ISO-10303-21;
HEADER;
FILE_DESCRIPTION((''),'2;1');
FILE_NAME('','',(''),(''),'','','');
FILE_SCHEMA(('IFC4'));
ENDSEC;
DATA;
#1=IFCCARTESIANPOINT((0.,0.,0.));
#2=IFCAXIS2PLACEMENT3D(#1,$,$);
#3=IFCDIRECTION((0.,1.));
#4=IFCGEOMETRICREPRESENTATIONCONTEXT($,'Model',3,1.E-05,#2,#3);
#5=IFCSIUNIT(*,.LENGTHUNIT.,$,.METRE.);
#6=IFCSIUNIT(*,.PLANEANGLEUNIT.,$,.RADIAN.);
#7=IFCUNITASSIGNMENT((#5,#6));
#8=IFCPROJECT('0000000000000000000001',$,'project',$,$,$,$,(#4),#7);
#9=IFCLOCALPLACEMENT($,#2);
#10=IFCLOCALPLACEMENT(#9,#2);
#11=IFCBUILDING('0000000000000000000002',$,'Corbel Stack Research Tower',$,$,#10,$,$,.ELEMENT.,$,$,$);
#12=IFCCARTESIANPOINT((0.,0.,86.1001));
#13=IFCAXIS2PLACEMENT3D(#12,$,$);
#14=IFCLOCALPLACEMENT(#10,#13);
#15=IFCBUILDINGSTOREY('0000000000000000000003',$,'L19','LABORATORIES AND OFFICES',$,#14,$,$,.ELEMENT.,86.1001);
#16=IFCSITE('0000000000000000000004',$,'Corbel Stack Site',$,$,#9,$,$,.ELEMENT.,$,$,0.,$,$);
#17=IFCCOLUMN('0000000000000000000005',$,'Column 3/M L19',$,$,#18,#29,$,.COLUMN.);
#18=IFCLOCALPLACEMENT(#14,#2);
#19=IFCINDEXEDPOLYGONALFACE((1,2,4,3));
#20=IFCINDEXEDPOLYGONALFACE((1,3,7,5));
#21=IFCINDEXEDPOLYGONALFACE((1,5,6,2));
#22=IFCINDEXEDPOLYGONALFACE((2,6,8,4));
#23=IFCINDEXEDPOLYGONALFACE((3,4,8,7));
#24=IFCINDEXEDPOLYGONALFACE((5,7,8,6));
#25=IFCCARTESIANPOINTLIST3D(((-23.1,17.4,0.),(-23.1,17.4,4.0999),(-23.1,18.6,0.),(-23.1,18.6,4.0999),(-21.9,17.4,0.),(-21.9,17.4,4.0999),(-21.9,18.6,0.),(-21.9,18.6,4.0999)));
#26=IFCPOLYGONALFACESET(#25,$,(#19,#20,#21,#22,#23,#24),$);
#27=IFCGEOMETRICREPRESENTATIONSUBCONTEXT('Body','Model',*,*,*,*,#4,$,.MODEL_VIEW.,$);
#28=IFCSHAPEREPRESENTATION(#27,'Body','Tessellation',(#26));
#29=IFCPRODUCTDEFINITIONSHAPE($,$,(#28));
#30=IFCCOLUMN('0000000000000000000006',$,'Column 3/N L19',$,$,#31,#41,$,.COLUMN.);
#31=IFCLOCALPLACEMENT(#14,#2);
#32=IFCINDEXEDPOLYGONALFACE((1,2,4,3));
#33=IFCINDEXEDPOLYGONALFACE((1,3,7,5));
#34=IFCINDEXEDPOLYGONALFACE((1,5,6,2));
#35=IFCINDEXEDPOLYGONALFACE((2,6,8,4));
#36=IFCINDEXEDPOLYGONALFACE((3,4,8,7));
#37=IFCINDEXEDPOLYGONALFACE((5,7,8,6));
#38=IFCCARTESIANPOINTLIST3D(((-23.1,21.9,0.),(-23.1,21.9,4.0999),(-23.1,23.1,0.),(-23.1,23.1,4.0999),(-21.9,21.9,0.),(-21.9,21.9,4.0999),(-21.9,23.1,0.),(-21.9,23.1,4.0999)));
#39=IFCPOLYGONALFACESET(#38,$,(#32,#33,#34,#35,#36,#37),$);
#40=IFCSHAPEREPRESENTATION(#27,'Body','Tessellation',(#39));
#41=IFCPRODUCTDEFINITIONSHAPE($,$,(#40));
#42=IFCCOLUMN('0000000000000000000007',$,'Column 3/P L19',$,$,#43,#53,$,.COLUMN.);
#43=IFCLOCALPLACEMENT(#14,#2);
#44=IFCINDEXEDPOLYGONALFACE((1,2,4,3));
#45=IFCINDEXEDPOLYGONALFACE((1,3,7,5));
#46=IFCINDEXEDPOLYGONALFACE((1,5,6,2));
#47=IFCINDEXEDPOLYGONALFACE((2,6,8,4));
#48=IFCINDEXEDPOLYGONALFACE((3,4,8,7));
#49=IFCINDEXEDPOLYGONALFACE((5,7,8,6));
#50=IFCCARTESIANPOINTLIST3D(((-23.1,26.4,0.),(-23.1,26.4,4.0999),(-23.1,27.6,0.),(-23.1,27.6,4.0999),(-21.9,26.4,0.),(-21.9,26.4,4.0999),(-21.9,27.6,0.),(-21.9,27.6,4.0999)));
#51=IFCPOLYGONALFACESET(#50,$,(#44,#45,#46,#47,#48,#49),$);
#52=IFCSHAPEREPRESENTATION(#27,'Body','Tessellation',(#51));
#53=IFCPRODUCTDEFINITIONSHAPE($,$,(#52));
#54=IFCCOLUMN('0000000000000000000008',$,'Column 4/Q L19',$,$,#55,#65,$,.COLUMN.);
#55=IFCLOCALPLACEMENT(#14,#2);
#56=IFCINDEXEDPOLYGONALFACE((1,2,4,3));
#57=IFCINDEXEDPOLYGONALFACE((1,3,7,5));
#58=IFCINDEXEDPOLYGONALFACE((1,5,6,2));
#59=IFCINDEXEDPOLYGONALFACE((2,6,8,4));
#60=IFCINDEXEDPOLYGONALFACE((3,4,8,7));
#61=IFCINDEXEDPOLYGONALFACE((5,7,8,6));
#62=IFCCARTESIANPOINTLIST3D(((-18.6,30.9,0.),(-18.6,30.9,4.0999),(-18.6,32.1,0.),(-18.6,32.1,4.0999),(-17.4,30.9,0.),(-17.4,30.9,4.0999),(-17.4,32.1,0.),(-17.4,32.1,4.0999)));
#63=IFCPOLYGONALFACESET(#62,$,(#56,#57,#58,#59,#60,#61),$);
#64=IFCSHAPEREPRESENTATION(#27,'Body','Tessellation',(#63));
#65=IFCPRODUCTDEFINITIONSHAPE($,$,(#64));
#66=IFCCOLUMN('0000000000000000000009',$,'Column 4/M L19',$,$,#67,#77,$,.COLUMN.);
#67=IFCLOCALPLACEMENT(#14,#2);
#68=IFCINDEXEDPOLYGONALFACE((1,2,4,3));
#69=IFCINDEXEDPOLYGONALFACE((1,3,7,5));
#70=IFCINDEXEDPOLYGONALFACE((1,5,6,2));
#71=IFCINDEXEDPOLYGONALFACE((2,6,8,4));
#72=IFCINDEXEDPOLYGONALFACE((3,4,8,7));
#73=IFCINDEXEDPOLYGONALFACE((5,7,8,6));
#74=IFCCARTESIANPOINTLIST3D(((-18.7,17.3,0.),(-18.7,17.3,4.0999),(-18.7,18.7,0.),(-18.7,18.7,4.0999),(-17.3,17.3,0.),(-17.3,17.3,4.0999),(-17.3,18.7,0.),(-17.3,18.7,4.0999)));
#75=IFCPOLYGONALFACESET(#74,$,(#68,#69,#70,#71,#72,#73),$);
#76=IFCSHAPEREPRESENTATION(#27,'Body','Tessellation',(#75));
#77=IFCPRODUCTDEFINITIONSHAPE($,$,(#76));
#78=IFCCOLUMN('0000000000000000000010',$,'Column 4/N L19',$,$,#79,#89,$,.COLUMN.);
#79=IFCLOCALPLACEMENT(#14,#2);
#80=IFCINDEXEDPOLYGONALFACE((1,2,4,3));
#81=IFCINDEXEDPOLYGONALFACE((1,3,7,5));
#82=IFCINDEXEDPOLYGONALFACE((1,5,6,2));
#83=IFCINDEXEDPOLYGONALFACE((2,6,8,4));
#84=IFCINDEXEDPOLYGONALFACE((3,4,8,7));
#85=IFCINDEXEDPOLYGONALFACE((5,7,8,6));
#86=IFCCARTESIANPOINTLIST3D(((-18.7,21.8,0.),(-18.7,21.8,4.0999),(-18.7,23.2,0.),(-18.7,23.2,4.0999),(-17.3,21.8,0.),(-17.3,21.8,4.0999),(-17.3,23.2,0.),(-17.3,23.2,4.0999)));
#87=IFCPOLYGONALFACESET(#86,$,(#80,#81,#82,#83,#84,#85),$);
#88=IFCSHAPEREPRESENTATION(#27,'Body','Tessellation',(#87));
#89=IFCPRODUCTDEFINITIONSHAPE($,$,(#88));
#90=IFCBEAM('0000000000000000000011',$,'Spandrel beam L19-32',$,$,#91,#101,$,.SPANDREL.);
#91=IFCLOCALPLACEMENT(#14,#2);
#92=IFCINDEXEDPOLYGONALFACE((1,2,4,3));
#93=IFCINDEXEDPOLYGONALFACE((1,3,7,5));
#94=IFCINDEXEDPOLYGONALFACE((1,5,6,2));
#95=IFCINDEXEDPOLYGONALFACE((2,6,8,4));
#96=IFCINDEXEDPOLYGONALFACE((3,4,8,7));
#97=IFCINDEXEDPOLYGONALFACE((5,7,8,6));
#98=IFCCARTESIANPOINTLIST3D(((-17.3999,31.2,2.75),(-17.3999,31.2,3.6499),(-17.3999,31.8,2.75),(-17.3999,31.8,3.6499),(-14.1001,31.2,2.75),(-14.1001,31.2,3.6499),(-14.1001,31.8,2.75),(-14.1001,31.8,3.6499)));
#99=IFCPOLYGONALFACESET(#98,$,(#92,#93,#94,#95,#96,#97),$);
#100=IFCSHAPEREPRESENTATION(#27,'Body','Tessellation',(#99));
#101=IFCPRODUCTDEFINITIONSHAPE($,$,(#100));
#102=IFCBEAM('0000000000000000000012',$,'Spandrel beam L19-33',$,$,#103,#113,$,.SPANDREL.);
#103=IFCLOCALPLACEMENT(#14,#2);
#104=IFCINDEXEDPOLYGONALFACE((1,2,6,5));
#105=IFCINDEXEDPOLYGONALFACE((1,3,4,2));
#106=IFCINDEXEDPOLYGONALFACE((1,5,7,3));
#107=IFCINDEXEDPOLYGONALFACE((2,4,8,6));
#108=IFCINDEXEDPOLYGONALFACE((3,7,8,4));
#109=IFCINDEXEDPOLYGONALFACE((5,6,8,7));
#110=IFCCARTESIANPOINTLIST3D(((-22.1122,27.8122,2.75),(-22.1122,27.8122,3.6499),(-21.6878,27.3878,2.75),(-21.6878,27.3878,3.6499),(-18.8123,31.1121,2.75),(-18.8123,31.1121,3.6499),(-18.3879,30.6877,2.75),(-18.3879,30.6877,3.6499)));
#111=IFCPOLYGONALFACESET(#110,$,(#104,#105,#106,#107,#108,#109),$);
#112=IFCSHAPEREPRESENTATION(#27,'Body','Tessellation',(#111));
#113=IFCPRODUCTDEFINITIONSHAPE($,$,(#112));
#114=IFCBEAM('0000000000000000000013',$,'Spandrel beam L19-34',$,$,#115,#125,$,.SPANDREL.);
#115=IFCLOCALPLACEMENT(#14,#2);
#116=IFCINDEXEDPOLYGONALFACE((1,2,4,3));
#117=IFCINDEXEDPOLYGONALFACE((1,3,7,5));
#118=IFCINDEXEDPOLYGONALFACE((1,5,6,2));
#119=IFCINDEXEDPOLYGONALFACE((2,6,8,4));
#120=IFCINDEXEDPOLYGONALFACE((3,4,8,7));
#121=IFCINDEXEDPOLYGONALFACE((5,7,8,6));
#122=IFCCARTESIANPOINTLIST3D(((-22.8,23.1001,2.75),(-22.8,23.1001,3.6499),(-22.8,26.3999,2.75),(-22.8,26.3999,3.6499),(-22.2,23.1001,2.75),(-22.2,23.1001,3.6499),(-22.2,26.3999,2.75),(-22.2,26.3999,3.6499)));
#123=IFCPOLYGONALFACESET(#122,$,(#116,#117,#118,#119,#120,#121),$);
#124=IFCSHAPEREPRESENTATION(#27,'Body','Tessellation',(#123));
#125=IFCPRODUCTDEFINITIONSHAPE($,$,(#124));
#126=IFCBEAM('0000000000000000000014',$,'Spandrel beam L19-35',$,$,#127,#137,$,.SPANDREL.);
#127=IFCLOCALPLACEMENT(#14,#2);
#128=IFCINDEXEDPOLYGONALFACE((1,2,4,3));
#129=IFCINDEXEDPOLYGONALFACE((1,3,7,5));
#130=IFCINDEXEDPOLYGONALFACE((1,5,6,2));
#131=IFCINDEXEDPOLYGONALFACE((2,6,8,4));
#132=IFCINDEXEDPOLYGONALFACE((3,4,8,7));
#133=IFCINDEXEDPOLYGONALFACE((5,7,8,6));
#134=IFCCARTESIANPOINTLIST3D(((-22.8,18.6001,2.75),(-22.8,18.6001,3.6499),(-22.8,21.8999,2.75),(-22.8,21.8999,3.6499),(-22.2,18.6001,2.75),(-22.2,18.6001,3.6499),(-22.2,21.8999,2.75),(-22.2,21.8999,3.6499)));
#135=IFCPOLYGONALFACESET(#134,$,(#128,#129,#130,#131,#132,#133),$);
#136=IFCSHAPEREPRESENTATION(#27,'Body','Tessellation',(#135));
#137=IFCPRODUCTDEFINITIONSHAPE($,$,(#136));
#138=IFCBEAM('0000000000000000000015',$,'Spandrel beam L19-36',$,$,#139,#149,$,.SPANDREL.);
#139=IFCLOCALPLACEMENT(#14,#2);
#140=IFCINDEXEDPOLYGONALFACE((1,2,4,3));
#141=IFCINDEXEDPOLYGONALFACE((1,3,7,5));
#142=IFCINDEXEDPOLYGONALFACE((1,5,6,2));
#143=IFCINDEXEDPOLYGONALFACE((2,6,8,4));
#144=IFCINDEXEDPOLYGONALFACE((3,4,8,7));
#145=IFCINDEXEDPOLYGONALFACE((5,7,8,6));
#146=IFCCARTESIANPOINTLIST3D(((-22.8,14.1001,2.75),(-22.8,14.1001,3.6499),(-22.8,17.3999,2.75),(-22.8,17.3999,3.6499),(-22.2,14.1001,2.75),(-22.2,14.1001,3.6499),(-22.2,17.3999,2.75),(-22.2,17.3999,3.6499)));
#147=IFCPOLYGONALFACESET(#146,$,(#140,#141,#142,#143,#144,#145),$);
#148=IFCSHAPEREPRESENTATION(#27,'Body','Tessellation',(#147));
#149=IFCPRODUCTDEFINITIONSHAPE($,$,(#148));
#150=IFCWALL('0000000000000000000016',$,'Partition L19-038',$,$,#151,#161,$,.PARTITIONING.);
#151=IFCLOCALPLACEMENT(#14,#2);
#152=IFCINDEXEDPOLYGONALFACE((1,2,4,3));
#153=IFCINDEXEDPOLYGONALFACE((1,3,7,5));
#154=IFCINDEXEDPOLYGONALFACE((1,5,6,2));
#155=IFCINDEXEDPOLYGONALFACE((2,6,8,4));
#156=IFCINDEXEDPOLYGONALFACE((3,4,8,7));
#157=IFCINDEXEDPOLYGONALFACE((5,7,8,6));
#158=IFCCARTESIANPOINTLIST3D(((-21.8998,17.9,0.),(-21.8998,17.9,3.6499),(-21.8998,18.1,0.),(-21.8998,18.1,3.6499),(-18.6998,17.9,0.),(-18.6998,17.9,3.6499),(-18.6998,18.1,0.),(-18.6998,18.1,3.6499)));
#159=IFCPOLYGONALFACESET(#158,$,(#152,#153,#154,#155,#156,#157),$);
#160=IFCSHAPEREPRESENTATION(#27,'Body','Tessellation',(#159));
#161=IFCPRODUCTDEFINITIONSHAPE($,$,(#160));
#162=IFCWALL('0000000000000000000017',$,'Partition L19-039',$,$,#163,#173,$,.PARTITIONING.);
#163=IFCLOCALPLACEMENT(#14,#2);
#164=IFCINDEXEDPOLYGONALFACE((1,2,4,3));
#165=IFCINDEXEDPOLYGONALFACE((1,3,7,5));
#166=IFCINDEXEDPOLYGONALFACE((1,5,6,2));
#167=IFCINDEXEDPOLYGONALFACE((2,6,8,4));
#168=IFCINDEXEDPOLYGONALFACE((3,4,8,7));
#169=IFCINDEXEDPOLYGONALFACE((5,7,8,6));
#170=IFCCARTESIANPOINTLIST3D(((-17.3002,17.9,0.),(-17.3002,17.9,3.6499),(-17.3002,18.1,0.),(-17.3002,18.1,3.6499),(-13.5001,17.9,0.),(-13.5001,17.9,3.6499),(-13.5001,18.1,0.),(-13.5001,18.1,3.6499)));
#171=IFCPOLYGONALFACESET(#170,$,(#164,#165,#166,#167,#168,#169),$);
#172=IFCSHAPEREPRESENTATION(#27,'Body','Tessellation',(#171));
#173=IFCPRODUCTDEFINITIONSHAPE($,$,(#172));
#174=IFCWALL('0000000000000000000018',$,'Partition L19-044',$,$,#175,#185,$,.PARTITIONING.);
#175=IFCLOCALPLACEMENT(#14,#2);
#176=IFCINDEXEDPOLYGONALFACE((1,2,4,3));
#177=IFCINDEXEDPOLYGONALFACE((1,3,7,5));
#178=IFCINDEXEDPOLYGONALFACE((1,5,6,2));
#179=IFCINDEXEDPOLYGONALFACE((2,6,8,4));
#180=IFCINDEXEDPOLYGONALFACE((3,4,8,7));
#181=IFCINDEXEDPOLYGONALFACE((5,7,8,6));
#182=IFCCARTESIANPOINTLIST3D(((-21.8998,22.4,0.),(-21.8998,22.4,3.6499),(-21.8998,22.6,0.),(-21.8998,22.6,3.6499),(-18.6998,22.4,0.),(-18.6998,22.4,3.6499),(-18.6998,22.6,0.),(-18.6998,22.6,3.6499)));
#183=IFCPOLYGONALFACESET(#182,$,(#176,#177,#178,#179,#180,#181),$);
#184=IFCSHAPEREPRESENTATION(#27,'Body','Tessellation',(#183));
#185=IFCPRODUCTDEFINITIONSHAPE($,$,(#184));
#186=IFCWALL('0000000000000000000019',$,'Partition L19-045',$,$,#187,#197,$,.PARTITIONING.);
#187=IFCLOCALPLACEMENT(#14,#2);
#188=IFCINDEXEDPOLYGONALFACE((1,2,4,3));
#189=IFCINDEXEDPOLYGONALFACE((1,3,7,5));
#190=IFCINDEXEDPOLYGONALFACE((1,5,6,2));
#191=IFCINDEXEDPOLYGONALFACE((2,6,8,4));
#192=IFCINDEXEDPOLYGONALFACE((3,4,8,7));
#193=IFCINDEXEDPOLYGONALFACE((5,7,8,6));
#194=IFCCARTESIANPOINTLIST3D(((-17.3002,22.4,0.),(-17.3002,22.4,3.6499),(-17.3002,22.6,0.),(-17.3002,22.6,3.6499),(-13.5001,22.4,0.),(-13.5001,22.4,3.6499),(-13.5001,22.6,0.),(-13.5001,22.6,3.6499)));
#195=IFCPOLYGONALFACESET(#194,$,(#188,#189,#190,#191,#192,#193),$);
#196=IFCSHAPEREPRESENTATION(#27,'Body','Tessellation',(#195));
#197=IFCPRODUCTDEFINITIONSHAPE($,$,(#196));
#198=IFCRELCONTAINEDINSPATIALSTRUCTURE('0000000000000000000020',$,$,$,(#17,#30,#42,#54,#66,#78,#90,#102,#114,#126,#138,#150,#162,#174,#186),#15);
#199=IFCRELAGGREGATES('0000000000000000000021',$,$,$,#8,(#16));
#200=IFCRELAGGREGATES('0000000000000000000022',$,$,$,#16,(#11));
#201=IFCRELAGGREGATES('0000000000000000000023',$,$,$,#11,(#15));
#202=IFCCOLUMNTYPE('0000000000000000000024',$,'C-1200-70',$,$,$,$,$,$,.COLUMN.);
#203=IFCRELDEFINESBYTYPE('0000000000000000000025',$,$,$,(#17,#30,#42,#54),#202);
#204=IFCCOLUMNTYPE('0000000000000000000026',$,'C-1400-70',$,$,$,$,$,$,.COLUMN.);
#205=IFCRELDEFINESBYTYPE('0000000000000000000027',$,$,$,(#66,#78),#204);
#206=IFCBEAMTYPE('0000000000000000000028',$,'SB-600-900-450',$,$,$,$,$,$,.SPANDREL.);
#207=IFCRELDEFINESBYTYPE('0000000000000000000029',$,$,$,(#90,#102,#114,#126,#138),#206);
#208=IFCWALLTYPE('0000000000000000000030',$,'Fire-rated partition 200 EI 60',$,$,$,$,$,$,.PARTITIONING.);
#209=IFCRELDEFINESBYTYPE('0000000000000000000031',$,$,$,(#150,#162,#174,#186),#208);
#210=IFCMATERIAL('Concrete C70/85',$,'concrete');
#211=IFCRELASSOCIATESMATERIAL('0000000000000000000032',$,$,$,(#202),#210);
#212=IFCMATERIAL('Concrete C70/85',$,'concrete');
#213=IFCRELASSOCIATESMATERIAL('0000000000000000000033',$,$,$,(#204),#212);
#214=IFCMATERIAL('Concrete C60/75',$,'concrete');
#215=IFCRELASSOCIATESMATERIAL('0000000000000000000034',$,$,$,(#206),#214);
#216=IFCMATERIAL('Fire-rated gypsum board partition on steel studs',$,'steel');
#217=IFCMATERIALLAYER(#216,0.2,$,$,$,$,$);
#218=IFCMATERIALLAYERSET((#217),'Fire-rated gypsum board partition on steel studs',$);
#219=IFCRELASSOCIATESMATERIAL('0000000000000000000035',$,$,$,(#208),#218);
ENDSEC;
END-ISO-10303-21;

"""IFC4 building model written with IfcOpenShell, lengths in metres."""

from ifc_helpers import new_model, si_unit, direction, frame, frame_2d, origin, origin_2d, place, context, subcontext, project, spatial, rectangle, extrude, material, layer, layer_set, material_profile, profile_set, type_object, element, save


model = new_model("IFC4")

# Units and contexts
model_context = context("Model", 3, precision=1e-05, world=origin(), true_north=direction((0.0, 1.0)))
body_context = subcontext(model_context, "Body", "Model", "MODEL_VIEW")
ifc_project = project(units=[si_unit("LENGTHUNIT", "METRE"), si_unit("PLANEANGLEUNIT", "RADIAN")], contexts=[model_context])

# Site, building, storey
site_placement = place(None, origin())
site = spatial("IfcSite", under=ifc_project, at=site_placement, Name="Corbel Stack Site", CompositionType="ELEMENT", RefElevation=0.0)
building_placement = place(site_placement, origin())
building = spatial("IfcBuilding", under=site, at=building_placement, Name="Corbel Stack Research Tower", CompositionType="ELEMENT")
storey_placement = place(building_placement, frame((0.0, 0.0, 86.1001)))
storey = spatial("IfcBuildingStorey", under=building, at=storey_placement, Name="L19", Description="LABORATORIES AND OFFICES", CompositionType="ELEMENT", Elevation=86.1001)

# Columns
ifc_material_1 = material(Name="Concrete C70/85", Category="concrete")
ifc_material_profile_1 = material_profile(ifc_material_1, rectangle(XDim=1.2, YDim=1.2, at=origin_2d()), Name="RC 1200 x 1200")
ifc_profile_set_1 = profile_set([ifc_material_profile_1], Name="Concrete C70/85")
column_type_1 = type_object("IfcColumnType", Name="C-1200-70", PredefinedType="COLUMN", material=ifc_profile_set_1)
for number, where, z_axis, x_axis, name in (
    (1, (-22.5, 18.0, 0.0), (0.0, 0.0, 1.0), (1.0, 0.0, 0.0), "Column 3/M L19"),
    (2, (-22.5, 22.5, 0.0), (0.0, 0.0, 1.0), (1.0, 0.0, 0.0), "Column 3/N L19"),
    (3, (-22.5, 27.0, 0.0), (0.0, 0.0, 1.0), (1.0, 0.0, 0.0), "Column 3/P L19"),
    (4, (-18.0, 31.5, 0.0), (0.0, 0.0, 1.0), (1.0, 0.0, 0.0), "Column 4/Q L19"),
):
    element("IfcColumn", number, at=place(storey_placement, frame(where, z_axis=z_axis, x_axis=x_axis)), inside=storey, type_object=column_type_1, Name=name, PredefinedType="COLUMN", context=body_context, shape_type="SweptSolid", body=[
        extrude(rectangle(XDim=1.2, YDim=1.2, at=origin_2d()), origin(), (0.0, 0.0, 1.0), 4.0999),
    ])
ifc_material_2 = material(Name="Concrete C70/85", Category="concrete")
ifc_material_profile_2 = material_profile(ifc_material_2, rectangle(XDim=1.3999, YDim=1.3999, at=origin_2d()), Name="RC 1400 x 1400")
ifc_profile_set_2 = profile_set([ifc_material_profile_2], Name="Concrete C70/85")
column_type_2 = type_object("IfcColumnType", Name="C-1400-70", PredefinedType="COLUMN", material=ifc_profile_set_2)
for number, where, z_axis, x_axis, name in (
    (5, (-18.0, 18.0, 0.0), (0.0, 0.0, 1.0), (1.0, 0.0, 0.0), "Column 4/M L19"),
    (6, (-18.0, 22.5, 0.0), (0.0, 0.0, 1.0), (1.0, 0.0, 0.0), "Column 4/N L19"),
):
    element("IfcColumn", number, at=place(storey_placement, frame(where, z_axis=z_axis, x_axis=x_axis)), inside=storey, type_object=column_type_2, Name=name, PredefinedType="COLUMN", context=body_context, shape_type="SweptSolid", body=[
        extrude(rectangle(XDim=1.3999, YDim=1.3999, at=origin_2d()), origin(), (0.0, 0.0, 1.0), 4.0999),
    ])

# Beams
ifc_material_3 = material(Name="Concrete C60/75", Category="concrete")
ifc_material_profile_3 = material_profile(ifc_material_3, rectangle(XDim=0.6001, YDim=0.8999, at=origin_2d()), Name="RC 600 x 900")
ifc_profile_set_3 = profile_set([ifc_material_profile_3], Name="Concrete C60/75")
beam_type = type_object("IfcBeamType", Name="SB-600-900-450", PredefinedType="SPANDREL", material=ifc_profile_set_3)
beam_1_placement = place(storey_placement, frame((-14.1001, 31.5, 3.2), z_axis=(-1.0, 0.0, 0.0), x_axis=(0.0, -1.0, 0.0)))
element("IfcBeam", 7, at=beam_1_placement, inside=storey, type_object=beam_type, Name="Spandrel beam L19-32", PredefinedType="SPANDREL", context=body_context, shape_type="SweptSolid", body=[
    extrude(rectangle(XDim=0.6001, YDim=0.8999, at=origin_2d()), origin(), (0.0, 0.0, 1.0), 3.2998),
])
beam_2_placement = place(storey_placement, frame((-18.6001, 30.8999, 3.2), z_axis=(-0.707107, -0.707107, 0.0), x_axis=(0.707107, -0.707107, 0.0)))
element("IfcBeam", 8, at=beam_2_placement, inside=storey, type_object=beam_type, Name="Spandrel beam L19-33", PredefinedType="SPANDREL", context=body_context, shape_type="SweptSolid", body=[
    extrude(rectangle(XDim=0.6001, YDim=0.8999, at=origin_2d()), origin(), (0.0, 0.0, 1.0), 4.6667),
])
for number, where, z_axis, x_axis, name in (
    (9, (-22.5, 26.3999, 3.2), (0.0, -1.0, 0.0), (1.0, 0.0, 0.0), "Spandrel beam L19-34"),
    (10, (-22.5, 21.8999, 3.2), (0.0, -1.0, 0.0), (1.0, 0.0, 0.0), "Spandrel beam L19-35"),
    (11, (-22.5, 17.3999, 3.2), (0.0, -1.0, 0.0), (1.0, 0.0, 0.0), "Spandrel beam L19-36"),
):
    element("IfcBeam", number, at=place(storey_placement, frame(where, z_axis=z_axis, x_axis=x_axis)), inside=storey, type_object=beam_type, Name=name, PredefinedType="SPANDREL", context=body_context, shape_type="SweptSolid", body=[
        extrude(rectangle(XDim=0.6001, YDim=0.8999, at=origin_2d()), origin(), (0.0, 0.0, 1.0), 3.2998),
    ])

# Walls
ifc_material_4 = material(Name="Fire-rated gypsum board partition on steel studs", Category="steel")
ifc_layer_1 = layer(ifc_material_4, 0.2)
ifc_layer_set_1 = layer_set([ifc_layer_1], Name="Fire-rated gypsum board partition on steel studs")
wall_type_1 = type_object("IfcWallType", Name="Fire-rated partition 200 EI 60", PredefinedType="PARTITIONING", material=ifc_layer_set_1)
wall_1_placement = place(storey_placement, frame((-21.8999, 18.0, 0.0), z_axis=(0.0, 0.0, 1.0), x_axis=(1.0, 0.0, 0.0)))
element("IfcWall", 12, at=wall_1_placement, inside=storey, type_object=wall_type_1, Name="Partition L19-038", PredefinedType="PARTITIONING", context=body_context, shape_type="SweptSolid", body=[
    extrude(rectangle(XDim=3.2, YDim=0.2, at=frame_2d((1.6001, 0.0))), origin(), (0.0, 0.0, 1.0), 3.6499),
])
wall_2_placement = place(storey_placement, frame((-17.3, 18.0, 0.0), z_axis=(0.0, 0.0, 1.0), x_axis=(1.0, 0.0, 0.0)))
element("IfcWall", 13, at=wall_2_placement, inside=storey, type_object=wall_type_1, Name="Partition L19-039", PredefinedType="PARTITIONING", context=body_context, shape_type="SweptSolid", body=[
    extrude(rectangle(XDim=3.8, YDim=0.2, at=frame_2d((1.8999, 0.0))), origin(), (0.0, 0.0, 1.0), 3.6499),
])
wall_3_placement = place(storey_placement, frame((-21.8999, 22.5, 0.0), z_axis=(0.0, 0.0, 1.0), x_axis=(1.0, 0.0, 0.0)))
element("IfcWall", 14, at=wall_3_placement, inside=storey, type_object=wall_type_1, Name="Partition L19-044", PredefinedType="PARTITIONING", context=body_context, shape_type="SweptSolid", body=[
    extrude(rectangle(XDim=3.2, YDim=0.2, at=frame_2d((1.6001, 0.0))), origin(), (0.0, 0.0, 1.0), 3.6499),
])
wall_4_placement = place(storey_placement, frame((-17.3, 22.5, 0.0), z_axis=(0.0, 0.0, 1.0), x_axis=(1.0, 0.0, 0.0)))
element("IfcWall", 15, at=wall_4_placement, inside=storey, type_object=wall_type_1, Name="Partition L19-045", PredefinedType="PARTITIONING", context=body_context, shape_type="SweptSolid", body=[
    extrude(rectangle(XDim=3.8, YDim=0.2, at=frame_2d((1.8999, 0.0))), origin(), (0.0, 0.0, 1.0), 3.6499),
])

save(model, "model.ifc")
